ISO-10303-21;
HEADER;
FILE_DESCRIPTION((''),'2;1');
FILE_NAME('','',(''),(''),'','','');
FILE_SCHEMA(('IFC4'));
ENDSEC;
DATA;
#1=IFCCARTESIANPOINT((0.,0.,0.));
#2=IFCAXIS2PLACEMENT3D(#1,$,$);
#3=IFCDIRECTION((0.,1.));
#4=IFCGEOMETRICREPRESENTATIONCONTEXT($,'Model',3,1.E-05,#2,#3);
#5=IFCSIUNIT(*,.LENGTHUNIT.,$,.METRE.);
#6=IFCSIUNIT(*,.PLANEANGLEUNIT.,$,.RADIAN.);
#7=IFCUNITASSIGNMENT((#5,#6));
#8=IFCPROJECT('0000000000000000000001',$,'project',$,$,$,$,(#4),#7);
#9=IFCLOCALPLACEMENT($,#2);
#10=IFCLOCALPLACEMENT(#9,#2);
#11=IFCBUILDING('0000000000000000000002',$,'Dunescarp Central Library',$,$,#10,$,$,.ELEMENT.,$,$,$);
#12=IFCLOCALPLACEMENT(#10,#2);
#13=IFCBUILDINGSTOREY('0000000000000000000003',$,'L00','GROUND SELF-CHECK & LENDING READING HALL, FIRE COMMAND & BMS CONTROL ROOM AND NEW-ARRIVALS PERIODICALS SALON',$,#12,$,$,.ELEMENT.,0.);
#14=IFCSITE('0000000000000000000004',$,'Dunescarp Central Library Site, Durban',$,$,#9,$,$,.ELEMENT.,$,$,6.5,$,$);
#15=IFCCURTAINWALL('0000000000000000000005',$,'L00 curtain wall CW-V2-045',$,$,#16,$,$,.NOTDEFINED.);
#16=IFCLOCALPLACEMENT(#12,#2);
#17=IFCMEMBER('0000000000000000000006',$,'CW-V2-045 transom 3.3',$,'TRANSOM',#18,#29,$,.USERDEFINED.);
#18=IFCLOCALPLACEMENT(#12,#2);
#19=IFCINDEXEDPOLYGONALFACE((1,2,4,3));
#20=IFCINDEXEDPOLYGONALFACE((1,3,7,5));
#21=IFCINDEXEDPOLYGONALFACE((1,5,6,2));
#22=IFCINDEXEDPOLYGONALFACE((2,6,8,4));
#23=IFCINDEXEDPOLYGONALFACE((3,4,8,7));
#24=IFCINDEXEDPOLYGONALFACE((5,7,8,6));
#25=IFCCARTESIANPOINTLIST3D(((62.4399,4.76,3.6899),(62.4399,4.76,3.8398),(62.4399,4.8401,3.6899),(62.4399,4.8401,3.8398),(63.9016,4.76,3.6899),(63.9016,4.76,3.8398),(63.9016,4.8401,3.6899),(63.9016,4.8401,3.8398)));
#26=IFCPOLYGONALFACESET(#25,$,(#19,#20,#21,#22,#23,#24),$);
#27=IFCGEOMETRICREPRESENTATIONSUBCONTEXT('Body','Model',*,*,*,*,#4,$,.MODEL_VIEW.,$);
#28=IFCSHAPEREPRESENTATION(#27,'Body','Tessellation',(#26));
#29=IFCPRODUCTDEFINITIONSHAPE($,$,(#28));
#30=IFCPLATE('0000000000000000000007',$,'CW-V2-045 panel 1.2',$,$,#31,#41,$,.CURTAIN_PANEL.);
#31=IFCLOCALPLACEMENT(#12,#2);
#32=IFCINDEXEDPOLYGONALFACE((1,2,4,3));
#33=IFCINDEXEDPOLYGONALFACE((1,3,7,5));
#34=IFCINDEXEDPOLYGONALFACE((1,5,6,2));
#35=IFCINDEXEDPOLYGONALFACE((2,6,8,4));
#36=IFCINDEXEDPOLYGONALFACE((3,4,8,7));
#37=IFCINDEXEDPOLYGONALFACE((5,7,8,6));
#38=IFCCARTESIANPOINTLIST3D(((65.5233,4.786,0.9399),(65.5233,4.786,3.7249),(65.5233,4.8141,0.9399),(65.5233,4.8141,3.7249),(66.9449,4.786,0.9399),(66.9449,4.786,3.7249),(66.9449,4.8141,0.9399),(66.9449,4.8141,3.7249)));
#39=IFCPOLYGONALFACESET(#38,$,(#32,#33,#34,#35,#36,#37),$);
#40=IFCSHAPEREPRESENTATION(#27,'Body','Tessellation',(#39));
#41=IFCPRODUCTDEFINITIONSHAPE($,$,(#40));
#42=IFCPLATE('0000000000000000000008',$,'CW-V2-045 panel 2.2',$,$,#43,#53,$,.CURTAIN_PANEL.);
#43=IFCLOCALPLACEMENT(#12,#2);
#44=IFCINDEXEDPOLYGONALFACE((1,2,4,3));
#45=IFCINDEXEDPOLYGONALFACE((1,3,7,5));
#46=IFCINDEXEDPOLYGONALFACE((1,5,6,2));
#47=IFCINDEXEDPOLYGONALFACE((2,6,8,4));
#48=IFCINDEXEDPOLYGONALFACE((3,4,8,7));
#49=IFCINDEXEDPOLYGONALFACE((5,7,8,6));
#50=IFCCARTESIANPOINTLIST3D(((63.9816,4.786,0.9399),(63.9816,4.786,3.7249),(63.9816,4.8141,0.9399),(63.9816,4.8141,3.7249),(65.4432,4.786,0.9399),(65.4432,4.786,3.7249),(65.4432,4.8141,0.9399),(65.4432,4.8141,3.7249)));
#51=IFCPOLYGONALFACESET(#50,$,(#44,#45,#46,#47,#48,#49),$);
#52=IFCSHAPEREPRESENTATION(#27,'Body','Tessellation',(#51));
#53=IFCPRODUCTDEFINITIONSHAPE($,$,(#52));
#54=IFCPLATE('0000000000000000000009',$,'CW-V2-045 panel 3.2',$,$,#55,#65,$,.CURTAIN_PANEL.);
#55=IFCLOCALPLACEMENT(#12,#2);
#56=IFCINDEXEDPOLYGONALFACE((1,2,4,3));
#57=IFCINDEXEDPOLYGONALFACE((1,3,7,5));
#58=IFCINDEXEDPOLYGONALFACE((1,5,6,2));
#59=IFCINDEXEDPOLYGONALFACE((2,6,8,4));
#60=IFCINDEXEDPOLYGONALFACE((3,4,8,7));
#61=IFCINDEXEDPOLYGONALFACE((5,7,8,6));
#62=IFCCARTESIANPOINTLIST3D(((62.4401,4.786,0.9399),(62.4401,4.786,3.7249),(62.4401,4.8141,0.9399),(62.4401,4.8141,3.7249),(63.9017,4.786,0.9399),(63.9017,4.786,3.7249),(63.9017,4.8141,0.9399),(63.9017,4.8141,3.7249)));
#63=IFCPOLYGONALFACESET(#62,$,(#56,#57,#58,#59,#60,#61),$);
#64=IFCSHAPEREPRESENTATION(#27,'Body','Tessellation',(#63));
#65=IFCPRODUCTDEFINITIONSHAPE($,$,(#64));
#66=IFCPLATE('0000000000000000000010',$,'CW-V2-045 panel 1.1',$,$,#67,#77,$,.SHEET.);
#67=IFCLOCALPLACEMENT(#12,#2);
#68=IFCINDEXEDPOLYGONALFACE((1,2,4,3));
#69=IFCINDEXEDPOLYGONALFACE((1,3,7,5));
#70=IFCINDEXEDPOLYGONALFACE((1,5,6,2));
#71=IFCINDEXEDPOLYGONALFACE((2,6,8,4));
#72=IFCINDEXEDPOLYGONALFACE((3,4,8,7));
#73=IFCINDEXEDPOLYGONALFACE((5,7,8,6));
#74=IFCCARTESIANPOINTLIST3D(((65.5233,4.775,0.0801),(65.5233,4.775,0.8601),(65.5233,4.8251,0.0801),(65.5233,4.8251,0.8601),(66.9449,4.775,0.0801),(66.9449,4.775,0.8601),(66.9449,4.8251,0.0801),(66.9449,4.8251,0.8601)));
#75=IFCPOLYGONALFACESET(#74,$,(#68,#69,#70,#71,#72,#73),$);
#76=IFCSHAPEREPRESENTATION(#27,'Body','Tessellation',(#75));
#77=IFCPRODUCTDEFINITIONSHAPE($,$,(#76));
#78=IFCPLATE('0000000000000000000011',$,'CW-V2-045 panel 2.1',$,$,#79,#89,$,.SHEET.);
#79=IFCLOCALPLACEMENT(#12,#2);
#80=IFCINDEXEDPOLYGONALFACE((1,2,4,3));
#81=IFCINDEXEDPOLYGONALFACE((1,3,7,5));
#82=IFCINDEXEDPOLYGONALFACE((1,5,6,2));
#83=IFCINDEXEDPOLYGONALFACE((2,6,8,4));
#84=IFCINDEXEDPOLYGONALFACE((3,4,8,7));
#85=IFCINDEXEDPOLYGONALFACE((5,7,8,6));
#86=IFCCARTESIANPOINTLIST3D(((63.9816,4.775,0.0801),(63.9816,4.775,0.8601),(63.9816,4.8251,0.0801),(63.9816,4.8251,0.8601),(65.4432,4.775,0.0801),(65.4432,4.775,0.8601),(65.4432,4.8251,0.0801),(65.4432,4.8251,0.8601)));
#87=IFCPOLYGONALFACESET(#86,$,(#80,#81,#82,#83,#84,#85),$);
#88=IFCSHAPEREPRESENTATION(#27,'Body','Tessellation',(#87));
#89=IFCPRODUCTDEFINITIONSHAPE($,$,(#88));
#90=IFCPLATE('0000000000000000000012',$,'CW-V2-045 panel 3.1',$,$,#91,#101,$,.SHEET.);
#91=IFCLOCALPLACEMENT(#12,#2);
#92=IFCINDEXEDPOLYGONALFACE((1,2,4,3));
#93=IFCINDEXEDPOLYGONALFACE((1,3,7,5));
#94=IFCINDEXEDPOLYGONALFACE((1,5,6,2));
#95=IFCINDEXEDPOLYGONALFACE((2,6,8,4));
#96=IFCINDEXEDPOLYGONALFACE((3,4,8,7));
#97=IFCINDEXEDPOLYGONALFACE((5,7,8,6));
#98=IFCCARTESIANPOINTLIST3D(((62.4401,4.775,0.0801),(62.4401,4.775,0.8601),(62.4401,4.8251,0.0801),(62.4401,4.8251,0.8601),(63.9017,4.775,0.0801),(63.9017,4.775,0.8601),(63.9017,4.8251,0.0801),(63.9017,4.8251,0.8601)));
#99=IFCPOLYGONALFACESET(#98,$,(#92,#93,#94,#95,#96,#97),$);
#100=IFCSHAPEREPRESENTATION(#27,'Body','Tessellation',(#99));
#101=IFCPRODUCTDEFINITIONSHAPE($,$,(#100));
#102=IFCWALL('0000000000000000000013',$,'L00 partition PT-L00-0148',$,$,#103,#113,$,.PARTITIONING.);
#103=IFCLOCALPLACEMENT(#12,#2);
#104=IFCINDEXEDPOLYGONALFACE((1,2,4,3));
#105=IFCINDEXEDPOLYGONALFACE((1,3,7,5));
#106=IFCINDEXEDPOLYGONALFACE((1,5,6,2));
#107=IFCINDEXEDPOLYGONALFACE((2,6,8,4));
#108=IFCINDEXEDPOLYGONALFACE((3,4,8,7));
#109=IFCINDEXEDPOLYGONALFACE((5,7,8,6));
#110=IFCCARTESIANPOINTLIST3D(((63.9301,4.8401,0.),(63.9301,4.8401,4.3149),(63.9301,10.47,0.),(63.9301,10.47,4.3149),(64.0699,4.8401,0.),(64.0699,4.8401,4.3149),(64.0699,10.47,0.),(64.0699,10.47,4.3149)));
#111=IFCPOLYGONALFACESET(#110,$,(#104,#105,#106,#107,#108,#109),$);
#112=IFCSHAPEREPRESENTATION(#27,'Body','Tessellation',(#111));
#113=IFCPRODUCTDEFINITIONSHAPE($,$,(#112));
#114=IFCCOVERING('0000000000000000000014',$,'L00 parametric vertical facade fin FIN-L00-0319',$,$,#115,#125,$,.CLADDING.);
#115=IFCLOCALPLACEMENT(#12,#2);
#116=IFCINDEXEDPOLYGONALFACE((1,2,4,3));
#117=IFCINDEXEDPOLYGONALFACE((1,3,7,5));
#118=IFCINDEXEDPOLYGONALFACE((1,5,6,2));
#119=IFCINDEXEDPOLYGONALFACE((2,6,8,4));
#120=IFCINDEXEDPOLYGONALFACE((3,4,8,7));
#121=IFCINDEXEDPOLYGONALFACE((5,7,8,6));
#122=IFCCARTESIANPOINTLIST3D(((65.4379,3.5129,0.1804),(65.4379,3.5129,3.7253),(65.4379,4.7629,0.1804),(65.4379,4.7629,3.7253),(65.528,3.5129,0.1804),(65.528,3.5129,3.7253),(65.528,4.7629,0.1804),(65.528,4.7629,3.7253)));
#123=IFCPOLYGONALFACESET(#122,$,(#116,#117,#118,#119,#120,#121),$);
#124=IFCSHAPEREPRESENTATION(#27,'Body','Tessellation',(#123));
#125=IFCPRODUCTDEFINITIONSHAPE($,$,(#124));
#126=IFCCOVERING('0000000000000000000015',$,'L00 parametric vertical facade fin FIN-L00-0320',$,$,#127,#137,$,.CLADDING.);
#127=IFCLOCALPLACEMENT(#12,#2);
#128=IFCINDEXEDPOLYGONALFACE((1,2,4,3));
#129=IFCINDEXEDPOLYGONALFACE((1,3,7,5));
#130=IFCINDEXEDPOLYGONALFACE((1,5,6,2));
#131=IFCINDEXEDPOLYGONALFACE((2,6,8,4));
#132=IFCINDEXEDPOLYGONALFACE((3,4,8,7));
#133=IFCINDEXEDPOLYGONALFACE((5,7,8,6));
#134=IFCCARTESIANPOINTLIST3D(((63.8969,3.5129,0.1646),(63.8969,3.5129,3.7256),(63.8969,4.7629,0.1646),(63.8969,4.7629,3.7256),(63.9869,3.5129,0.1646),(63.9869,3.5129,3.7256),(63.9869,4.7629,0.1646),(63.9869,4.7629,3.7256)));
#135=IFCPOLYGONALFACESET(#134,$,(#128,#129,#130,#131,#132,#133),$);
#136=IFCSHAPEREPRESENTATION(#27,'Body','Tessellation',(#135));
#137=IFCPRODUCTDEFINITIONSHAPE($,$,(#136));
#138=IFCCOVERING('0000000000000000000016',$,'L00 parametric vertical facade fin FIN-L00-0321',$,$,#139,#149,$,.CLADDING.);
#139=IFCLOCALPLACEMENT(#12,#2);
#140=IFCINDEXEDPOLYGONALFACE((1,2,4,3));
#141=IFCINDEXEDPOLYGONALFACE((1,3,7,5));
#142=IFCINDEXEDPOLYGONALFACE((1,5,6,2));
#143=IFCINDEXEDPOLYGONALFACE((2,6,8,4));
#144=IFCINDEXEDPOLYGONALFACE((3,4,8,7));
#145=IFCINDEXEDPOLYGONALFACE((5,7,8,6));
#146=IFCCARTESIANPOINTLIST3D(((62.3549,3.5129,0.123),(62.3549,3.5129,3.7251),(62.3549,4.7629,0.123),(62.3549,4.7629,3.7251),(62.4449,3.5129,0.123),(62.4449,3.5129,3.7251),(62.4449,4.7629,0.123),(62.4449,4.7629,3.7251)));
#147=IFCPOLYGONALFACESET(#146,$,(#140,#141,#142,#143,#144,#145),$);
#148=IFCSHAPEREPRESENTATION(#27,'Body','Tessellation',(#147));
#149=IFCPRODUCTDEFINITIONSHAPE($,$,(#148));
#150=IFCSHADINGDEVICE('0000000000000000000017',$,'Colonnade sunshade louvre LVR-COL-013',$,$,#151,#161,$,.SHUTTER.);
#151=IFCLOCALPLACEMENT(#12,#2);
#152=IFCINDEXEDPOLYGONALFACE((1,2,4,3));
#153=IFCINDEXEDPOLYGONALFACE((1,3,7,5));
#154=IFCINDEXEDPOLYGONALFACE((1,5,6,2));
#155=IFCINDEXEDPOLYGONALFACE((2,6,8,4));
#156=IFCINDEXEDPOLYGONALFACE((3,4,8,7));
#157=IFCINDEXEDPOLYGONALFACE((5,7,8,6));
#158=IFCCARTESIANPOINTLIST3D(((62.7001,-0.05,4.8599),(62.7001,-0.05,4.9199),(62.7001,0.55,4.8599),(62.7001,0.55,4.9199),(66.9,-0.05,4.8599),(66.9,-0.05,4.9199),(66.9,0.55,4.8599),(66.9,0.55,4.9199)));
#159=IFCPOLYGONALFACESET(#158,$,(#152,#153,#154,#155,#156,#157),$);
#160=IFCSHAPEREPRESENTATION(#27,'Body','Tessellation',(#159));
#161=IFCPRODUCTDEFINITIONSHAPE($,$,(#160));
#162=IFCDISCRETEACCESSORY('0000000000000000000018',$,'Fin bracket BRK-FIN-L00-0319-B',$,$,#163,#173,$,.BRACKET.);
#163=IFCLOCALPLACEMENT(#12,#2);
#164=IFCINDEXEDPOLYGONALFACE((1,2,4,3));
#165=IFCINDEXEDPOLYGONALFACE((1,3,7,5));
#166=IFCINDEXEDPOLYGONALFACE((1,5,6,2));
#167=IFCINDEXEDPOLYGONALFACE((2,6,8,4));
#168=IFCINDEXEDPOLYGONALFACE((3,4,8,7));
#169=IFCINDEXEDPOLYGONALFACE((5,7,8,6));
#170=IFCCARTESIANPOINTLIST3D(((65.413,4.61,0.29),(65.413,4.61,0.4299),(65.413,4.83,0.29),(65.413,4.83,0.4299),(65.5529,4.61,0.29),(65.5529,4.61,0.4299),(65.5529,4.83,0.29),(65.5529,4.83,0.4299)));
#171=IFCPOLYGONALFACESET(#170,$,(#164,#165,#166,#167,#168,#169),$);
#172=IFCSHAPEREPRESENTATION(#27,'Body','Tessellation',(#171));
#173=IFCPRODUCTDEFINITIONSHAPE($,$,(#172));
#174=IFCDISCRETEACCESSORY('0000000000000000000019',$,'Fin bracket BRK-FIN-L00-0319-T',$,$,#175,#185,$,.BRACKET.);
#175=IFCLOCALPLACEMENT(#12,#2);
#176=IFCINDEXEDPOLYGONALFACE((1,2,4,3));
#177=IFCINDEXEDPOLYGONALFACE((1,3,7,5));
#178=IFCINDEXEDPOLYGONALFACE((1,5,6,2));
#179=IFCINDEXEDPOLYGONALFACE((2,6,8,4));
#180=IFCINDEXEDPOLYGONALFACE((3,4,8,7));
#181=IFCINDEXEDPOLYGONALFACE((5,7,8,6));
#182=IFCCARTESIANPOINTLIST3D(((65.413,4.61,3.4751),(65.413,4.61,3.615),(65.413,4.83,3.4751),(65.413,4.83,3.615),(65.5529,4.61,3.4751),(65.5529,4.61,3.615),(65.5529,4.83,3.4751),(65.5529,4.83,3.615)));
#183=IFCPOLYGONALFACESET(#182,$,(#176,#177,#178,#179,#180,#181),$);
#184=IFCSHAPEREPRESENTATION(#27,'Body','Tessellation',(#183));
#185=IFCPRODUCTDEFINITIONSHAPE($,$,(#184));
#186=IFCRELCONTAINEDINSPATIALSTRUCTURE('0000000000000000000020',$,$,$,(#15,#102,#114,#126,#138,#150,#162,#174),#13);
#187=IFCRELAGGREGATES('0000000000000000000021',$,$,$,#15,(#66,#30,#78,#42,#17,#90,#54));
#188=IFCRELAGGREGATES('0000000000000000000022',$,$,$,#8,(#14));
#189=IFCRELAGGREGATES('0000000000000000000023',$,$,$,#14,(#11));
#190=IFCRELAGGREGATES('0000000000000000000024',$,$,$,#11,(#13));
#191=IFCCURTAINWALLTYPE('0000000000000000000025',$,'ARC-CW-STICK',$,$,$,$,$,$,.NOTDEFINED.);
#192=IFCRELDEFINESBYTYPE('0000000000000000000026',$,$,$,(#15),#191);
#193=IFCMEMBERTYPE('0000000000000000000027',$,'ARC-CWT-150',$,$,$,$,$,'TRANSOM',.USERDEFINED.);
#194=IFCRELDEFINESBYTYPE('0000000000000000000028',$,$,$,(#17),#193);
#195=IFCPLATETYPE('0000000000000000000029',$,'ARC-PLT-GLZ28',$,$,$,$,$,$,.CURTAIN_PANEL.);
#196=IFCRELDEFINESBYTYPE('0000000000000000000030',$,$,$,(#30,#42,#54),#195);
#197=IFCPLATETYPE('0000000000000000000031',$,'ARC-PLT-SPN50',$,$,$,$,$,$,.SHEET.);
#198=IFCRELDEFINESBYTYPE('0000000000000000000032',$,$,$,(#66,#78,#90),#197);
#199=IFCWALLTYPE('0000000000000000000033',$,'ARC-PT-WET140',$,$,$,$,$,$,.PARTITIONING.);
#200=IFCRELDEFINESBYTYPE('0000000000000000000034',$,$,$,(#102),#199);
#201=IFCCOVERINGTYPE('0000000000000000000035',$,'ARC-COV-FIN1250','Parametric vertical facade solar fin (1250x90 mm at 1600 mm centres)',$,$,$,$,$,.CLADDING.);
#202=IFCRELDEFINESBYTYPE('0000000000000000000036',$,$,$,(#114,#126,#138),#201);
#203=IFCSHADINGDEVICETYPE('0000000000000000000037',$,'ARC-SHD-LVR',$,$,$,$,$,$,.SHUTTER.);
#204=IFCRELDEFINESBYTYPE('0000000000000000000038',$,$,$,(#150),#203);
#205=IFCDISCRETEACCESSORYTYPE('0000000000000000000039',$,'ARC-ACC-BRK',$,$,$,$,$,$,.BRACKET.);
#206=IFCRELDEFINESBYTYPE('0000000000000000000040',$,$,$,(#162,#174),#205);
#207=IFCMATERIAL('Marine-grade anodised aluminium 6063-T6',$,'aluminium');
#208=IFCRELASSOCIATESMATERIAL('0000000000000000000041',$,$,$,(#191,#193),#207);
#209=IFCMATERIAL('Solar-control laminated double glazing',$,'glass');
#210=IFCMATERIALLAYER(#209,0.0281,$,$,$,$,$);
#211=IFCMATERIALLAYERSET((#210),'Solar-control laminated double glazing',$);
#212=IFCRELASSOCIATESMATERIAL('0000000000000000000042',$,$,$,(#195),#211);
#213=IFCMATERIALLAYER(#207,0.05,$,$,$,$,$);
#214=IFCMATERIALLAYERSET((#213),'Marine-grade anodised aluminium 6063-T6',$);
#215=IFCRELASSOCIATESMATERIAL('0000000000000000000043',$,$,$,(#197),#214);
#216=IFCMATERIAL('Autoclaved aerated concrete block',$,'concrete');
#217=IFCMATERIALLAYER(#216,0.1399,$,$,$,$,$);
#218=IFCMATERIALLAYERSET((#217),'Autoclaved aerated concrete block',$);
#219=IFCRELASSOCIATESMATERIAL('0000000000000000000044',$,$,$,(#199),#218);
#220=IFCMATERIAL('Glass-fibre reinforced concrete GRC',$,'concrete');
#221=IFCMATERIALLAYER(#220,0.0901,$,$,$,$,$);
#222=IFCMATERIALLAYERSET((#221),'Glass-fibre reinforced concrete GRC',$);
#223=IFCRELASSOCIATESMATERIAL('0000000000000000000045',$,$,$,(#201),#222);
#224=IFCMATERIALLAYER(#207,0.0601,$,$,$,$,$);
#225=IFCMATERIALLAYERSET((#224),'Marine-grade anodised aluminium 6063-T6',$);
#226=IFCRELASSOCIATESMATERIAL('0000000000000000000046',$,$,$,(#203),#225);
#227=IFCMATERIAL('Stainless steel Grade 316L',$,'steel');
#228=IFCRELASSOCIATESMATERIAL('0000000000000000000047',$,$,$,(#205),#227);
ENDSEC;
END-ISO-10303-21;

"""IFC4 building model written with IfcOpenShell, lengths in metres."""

from ifc_helpers import new_model, si_unit, direction, frame, frame_2d, origin, origin_2d, place, context, subcontext, project, spatial, rectangle, extrude, material, layer, layer_set, material_profile, profile_set, type_object, element, aggregate, save


model = new_model("IFC4")

# Units and contexts
model_context = context("Model", 3, precision=1e-05, world=origin(), true_north=direction((0.0, 1.0)))
body_context = subcontext(model_context, "Body", "Model", "MODEL_VIEW")
ifc_project = project(units=[si_unit("LENGTHUNIT", "METRE"), si_unit("PLANEANGLEUNIT", "RADIAN")], contexts=[model_context])

# Site, building, storey
site_placement = place(None, origin())
site = spatial("IfcSite", under=ifc_project, at=site_placement, Name="Dunescarp Central Library Site, Durban", CompositionType="ELEMENT", RefElevation=6.5)
building_placement = place(site_placement, origin())
building = spatial("IfcBuilding", under=site, at=building_placement, Name="Dunescarp Central Library", CompositionType="ELEMENT")
storey_placement = place(building_placement, origin())
storey = spatial("IfcBuildingStorey", under=building, at=storey_placement, Name="L00", Description="GROUND SELF-CHECK & LENDING READING HALL, FIRE COMMAND & BMS CONTROL ROOM AND NEW-ARRIVALS PERIODICALS SALON", CompositionType="ELEMENT", Elevation=0.0)

# Curtain wall, member, plates
ifc_material_1 = material(Name="Marine-grade anodised aluminium 6063-T6", Category="aluminium")
curtain_wall_type = type_object("IfcCurtainWallType", Name="ARC-CW-STICK", PredefinedType="NOTDEFINED", material=ifc_material_1)
curtain_wall_placement = place(storey_placement, origin())
curtain_wall = element("IfcCurtainWall", 1, at=curtain_wall_placement, inside=storey, type_object=curtain_wall_type, Name="L00 curtain wall CW-V2-045", PredefinedType="NOTDEFINED")
ifc_material_profile_1 = material_profile(ifc_material_1, rectangle(XDim=0.0801, YDim=0.1499, at=origin_2d()), Name="AL 80x150")
ifc_profile_set_1 = profile_set([ifc_material_profile_1], Name="Marine-grade anodised aluminium 6063-T6")
member_type_1 = type_object("IfcMemberType", Name="ARC-CWT-150", ElementType="TRANSOM", PredefinedType="USERDEFINED", material=ifc_profile_set_1)
member_1_placement = place(storey_placement, frame((63.9016, 4.8, 3.7649), z_axis=(-1.0, 0.0, 0.0), x_axis=(0.0, -1.0, 0.0)))
member_1 = element("IfcMember", 2, at=member_1_placement, type_object=member_type_1, Name="CW-V2-045 transom 3.3", ObjectType="TRANSOM", PredefinedType="USERDEFINED", context=body_context, shape_type="SweptSolid", body=[
    extrude(rectangle(XDim=0.0801, YDim=0.1499, at=origin_2d()), origin(), (0.0, 0.0, 1.0), 1.4617),
])
ifc_material_2 = material(Name="Solar-control laminated double glazing", Category="glass")
ifc_layer_1 = layer(ifc_material_2, 0.0281)
ifc_layer_set_1 = layer_set([ifc_layer_1], Name="Solar-control laminated double glazing")
plate_type_1 = type_object("IfcPlateType", Name="ARC-PLT-GLZ28", PredefinedType="CURTAIN_PANEL", material=ifc_layer_set_1)
plate_1_placement = place(storey_placement, frame((66.2341, 4.8, 0.9399), z_axis=(0.0, 0.0, 1.0), x_axis=(-1.0, 0.0, 0.0)))
plate_1 = element("IfcPlate", 3, at=plate_1_placement, type_object=plate_type_1, Name="CW-V2-045 panel 1.2", PredefinedType="CURTAIN_PANEL", context=body_context, shape_type="SweptSolid", body=[
    extrude(rectangle(XDim=1.4216, YDim=0.0281, at=origin_2d()), origin(), (0.0, 0.0, 1.0), 2.7849),
])
plate_2_placement = place(storey_placement, frame((64.7124, 4.8, 0.9399), z_axis=(0.0, 0.0, 1.0), x_axis=(-1.0, 0.0, 0.0)))
plate_2 = element("IfcPlate", 4, at=plate_2_placement, type_object=plate_type_1, Name="CW-V2-045 panel 2.2", PredefinedType="CURTAIN_PANEL", context=body_context, shape_type="SweptSolid", body=[
    extrude(rectangle(XDim=1.4617, YDim=0.0281, at=origin_2d()), origin(), (0.0, 0.0, 1.0), 2.7849),
])
plate_3_placement = place(storey_placement, frame((63.1709, 4.8, 0.9399), z_axis=(0.0, 0.0, 1.0), x_axis=(-1.0, 0.0, 0.0)))
plate_3 = element("IfcPlate", 5, at=plate_3_placement, type_object=plate_type_1, Name="CW-V2-045 panel 3.2", PredefinedType="CURTAIN_PANEL", context=body_context, shape_type="SweptSolid", body=[
    extrude(rectangle(XDim=1.4617, YDim=0.0281, at=origin_2d()), origin(), (0.0, 0.0, 1.0), 2.7849),
])
ifc_layer_2 = layer(ifc_material_1, 0.05)
ifc_layer_set_2 = layer_set([ifc_layer_2], Name="Marine-grade anodised aluminium 6063-T6")
plate_type_2 = type_object("IfcPlateType", Name="ARC-PLT-SPN50", PredefinedType="SHEET", material=ifc_layer_set_2)
plate_4_placement = place(storey_placement, frame((66.2341, 4.8, 0.0801), z_axis=(0.0, 0.0, 1.0), x_axis=(-1.0, 0.0, 0.0)))
plate_4 = element("IfcPlate", 6, at=plate_4_placement, type_object=plate_type_2, Name="CW-V2-045 panel 1.1", PredefinedType="SHEET", context=body_context, shape_type="SweptSolid", body=[
    extrude(rectangle(XDim=1.4216, YDim=0.05, at=origin_2d()), origin(), (0.0, 0.0, 1.0), 0.78),
])
plate_5_placement = place(storey_placement, frame((64.7124, 4.8, 0.0801), z_axis=(0.0, 0.0, 1.0), x_axis=(-1.0, 0.0, 0.0)))
plate_5 = element("IfcPlate", 7, at=plate_5_placement, type_object=plate_type_2, Name="CW-V2-045 panel 2.1", PredefinedType="SHEET", context=body_context, shape_type="SweptSolid", body=[
    extrude(rectangle(XDim=1.4617, YDim=0.05, at=origin_2d()), origin(), (0.0, 0.0, 1.0), 0.78),
])
plate_6_placement = place(storey_placement, frame((63.1709, 4.8, 0.0801), z_axis=(0.0, 0.0, 1.0), x_axis=(-1.0, 0.0, 0.0)))
plate_6 = element("IfcPlate", 8, at=plate_6_placement, type_object=plate_type_2, Name="CW-V2-045 panel 3.1", PredefinedType="SHEET", context=body_context, shape_type="SweptSolid", body=[
    extrude(rectangle(XDim=1.4617, YDim=0.05, at=origin_2d()), origin(), (0.0, 0.0, 1.0), 0.78),
])
aggregate(curtain_wall, [plate_4, plate_1, plate_5, plate_2, member_1, plate_6, plate_3])

# Wall
ifc_material_3 = material(Name="Autoclaved aerated concrete block", Category="concrete")
ifc_layer_3 = layer(ifc_material_3, 0.1399)
ifc_layer_set_3 = layer_set([ifc_layer_3], Name="Autoclaved aerated concrete block")
wall_type = type_object("IfcWallType", Name="ARC-PT-WET140", PredefinedType="PARTITIONING", material=ifc_layer_set_3)
wall_placement = place(storey_placement, frame((64.0, 4.8401, 0.0), z_axis=(0.0, 0.0, 1.0), x_axis=(0.0, 1.0, 0.0)))
element("IfcWall", 9, at=wall_placement, inside=storey, type_object=wall_type, Name="L00 partition PT-L00-0148", PredefinedType="PARTITIONING", context=body_context, shape_type="SweptSolid", body=[
    extrude(rectangle(XDim=5.6299, YDim=0.1399, at=frame_2d((2.8149, 0.0))), origin(), (0.0, 0.0, 1.0), 4.3149),
])

# Coverings
ifc_material_4 = material(Name="Glass-fibre reinforced concrete GRC", Category="concrete")
ifc_layer_4 = layer(ifc_material_4, 0.0901)
ifc_layer_set_4 = layer_set([ifc_layer_4], Name="Glass-fibre reinforced concrete GRC")
covering_type = type_object("IfcCoveringType", Name="ARC-COV-FIN1250", Description="Parametric vertical facade solar fin (1250x90 mm at 1600 mm centres)", PredefinedType="CLADDING", material=ifc_layer_set_4)
covering_1_placement = place(storey_placement, frame((65.4829, 4.1379, 0.1804), z_axis=(0.0, 0.0, 1.0), x_axis=(0.0, -1.0, 0.0)))
element("IfcCovering", 10, at=covering_1_placement, inside=storey, type_object=covering_type, Name="L00 parametric vertical facade fin FIN-L00-0319", PredefinedType="CLADDING", context=body_context, shape_type="SweptSolid", body=[
    extrude(rectangle(XDim=1.25, YDim=0.0901, at=origin_2d()), origin(), (0.0, 0.0, 1.0), 3.5449),
])
covering_2_placement = place(storey_placement, frame((63.9419, 4.1379, 0.1646), z_axis=(0.0, 0.0, 1.0), x_axis=(0.0, -1.0, 0.0)))
element("IfcCovering", 11, at=covering_2_placement, inside=storey, type_object=covering_type, Name="L00 parametric vertical facade fin FIN-L00-0320", PredefinedType="CLADDING", context=body_context, shape_type="SweptSolid", body=[
    extrude(rectangle(XDim=1.25, YDim=0.0901, at=origin_2d()), origin(), (0.0, 0.0, 1.0), 3.561),
])
covering_3_placement = place(storey_placement, frame((62.3999, 4.1379, 0.123), z_axis=(0.0, 0.0, 1.0), x_axis=(0.0, -1.0, 0.0)))
element("IfcCovering", 12, at=covering_3_placement, inside=storey, type_object=covering_type, Name="L00 parametric vertical facade fin FIN-L00-0321", PredefinedType="CLADDING", context=body_context, shape_type="SweptSolid", body=[
    extrude(rectangle(XDim=1.25, YDim=0.0901, at=origin_2d()), origin(), (0.0, 0.0, 1.0), 3.6021),
])

# Shading device
ifc_layer_5 = layer(ifc_material_1, 0.0601)
ifc_layer_set_5 = layer_set([ifc_layer_5], Name="Marine-grade anodised aluminium 6063-T6")
shading_device_type = type_object("IfcShadingDeviceType", Name="ARC-SHD-LVR", PredefinedType="SHUTTER", material=ifc_layer_set_5)
shading_device_placement = place(storey_placement, frame((64.8, 0.25, 4.8599), z_axis=(0.0, 0.0, 1.0), x_axis=(1.0, 0.0, 0.0)))
element("IfcShadingDevice", 13, at=shading_device_placement, inside=storey, type_object=shading_device_type, Name="Colonnade sunshade louvre LVR-COL-013", PredefinedType="SHUTTER", context=body_context, shape_type="SweptSolid", body=[
    extrude(rectangle(XDim=4.2, YDim=0.6001, at=origin_2d()), origin(), (0.0, 0.0, 1.0), 0.0601),
])

# Discrete accessories
ifc_material_5 = material(Name="Stainless steel Grade 316L", Category="steel")
discrete_accessory_type = type_object("IfcDiscreteAccessoryType", Name="ARC-ACC-BRK", PredefinedType="BRACKET", material=ifc_material_5)
for number, where, z_axis, x_axis, name in (
    (14, (65.4829, 4.72, 0.29), (0.0, 0.0, 1.0), (0.0, -1.0, 0.0), "Fin bracket BRK-FIN-L00-0319-B"),
    (15, (65.4829, 4.72, 3.4751), (0.0, 0.0, 1.0), (0.0, -1.0, 0.0), "Fin bracket BRK-FIN-L00-0319-T"),
):
    element("IfcDiscreteAccessory", number, at=place(storey_placement, frame(where, z_axis=z_axis, x_axis=x_axis)), inside=storey, type_object=discrete_accessory_type, Name=name, PredefinedType="BRACKET", context=body_context, shape_type="SweptSolid", body=[
        extrude(rectangle(XDim=0.22, YDim=0.1399, at=origin_2d()), origin(), (0.0, 0.0, 1.0), 0.1399),
    ])

save(model, "model.ifc")
